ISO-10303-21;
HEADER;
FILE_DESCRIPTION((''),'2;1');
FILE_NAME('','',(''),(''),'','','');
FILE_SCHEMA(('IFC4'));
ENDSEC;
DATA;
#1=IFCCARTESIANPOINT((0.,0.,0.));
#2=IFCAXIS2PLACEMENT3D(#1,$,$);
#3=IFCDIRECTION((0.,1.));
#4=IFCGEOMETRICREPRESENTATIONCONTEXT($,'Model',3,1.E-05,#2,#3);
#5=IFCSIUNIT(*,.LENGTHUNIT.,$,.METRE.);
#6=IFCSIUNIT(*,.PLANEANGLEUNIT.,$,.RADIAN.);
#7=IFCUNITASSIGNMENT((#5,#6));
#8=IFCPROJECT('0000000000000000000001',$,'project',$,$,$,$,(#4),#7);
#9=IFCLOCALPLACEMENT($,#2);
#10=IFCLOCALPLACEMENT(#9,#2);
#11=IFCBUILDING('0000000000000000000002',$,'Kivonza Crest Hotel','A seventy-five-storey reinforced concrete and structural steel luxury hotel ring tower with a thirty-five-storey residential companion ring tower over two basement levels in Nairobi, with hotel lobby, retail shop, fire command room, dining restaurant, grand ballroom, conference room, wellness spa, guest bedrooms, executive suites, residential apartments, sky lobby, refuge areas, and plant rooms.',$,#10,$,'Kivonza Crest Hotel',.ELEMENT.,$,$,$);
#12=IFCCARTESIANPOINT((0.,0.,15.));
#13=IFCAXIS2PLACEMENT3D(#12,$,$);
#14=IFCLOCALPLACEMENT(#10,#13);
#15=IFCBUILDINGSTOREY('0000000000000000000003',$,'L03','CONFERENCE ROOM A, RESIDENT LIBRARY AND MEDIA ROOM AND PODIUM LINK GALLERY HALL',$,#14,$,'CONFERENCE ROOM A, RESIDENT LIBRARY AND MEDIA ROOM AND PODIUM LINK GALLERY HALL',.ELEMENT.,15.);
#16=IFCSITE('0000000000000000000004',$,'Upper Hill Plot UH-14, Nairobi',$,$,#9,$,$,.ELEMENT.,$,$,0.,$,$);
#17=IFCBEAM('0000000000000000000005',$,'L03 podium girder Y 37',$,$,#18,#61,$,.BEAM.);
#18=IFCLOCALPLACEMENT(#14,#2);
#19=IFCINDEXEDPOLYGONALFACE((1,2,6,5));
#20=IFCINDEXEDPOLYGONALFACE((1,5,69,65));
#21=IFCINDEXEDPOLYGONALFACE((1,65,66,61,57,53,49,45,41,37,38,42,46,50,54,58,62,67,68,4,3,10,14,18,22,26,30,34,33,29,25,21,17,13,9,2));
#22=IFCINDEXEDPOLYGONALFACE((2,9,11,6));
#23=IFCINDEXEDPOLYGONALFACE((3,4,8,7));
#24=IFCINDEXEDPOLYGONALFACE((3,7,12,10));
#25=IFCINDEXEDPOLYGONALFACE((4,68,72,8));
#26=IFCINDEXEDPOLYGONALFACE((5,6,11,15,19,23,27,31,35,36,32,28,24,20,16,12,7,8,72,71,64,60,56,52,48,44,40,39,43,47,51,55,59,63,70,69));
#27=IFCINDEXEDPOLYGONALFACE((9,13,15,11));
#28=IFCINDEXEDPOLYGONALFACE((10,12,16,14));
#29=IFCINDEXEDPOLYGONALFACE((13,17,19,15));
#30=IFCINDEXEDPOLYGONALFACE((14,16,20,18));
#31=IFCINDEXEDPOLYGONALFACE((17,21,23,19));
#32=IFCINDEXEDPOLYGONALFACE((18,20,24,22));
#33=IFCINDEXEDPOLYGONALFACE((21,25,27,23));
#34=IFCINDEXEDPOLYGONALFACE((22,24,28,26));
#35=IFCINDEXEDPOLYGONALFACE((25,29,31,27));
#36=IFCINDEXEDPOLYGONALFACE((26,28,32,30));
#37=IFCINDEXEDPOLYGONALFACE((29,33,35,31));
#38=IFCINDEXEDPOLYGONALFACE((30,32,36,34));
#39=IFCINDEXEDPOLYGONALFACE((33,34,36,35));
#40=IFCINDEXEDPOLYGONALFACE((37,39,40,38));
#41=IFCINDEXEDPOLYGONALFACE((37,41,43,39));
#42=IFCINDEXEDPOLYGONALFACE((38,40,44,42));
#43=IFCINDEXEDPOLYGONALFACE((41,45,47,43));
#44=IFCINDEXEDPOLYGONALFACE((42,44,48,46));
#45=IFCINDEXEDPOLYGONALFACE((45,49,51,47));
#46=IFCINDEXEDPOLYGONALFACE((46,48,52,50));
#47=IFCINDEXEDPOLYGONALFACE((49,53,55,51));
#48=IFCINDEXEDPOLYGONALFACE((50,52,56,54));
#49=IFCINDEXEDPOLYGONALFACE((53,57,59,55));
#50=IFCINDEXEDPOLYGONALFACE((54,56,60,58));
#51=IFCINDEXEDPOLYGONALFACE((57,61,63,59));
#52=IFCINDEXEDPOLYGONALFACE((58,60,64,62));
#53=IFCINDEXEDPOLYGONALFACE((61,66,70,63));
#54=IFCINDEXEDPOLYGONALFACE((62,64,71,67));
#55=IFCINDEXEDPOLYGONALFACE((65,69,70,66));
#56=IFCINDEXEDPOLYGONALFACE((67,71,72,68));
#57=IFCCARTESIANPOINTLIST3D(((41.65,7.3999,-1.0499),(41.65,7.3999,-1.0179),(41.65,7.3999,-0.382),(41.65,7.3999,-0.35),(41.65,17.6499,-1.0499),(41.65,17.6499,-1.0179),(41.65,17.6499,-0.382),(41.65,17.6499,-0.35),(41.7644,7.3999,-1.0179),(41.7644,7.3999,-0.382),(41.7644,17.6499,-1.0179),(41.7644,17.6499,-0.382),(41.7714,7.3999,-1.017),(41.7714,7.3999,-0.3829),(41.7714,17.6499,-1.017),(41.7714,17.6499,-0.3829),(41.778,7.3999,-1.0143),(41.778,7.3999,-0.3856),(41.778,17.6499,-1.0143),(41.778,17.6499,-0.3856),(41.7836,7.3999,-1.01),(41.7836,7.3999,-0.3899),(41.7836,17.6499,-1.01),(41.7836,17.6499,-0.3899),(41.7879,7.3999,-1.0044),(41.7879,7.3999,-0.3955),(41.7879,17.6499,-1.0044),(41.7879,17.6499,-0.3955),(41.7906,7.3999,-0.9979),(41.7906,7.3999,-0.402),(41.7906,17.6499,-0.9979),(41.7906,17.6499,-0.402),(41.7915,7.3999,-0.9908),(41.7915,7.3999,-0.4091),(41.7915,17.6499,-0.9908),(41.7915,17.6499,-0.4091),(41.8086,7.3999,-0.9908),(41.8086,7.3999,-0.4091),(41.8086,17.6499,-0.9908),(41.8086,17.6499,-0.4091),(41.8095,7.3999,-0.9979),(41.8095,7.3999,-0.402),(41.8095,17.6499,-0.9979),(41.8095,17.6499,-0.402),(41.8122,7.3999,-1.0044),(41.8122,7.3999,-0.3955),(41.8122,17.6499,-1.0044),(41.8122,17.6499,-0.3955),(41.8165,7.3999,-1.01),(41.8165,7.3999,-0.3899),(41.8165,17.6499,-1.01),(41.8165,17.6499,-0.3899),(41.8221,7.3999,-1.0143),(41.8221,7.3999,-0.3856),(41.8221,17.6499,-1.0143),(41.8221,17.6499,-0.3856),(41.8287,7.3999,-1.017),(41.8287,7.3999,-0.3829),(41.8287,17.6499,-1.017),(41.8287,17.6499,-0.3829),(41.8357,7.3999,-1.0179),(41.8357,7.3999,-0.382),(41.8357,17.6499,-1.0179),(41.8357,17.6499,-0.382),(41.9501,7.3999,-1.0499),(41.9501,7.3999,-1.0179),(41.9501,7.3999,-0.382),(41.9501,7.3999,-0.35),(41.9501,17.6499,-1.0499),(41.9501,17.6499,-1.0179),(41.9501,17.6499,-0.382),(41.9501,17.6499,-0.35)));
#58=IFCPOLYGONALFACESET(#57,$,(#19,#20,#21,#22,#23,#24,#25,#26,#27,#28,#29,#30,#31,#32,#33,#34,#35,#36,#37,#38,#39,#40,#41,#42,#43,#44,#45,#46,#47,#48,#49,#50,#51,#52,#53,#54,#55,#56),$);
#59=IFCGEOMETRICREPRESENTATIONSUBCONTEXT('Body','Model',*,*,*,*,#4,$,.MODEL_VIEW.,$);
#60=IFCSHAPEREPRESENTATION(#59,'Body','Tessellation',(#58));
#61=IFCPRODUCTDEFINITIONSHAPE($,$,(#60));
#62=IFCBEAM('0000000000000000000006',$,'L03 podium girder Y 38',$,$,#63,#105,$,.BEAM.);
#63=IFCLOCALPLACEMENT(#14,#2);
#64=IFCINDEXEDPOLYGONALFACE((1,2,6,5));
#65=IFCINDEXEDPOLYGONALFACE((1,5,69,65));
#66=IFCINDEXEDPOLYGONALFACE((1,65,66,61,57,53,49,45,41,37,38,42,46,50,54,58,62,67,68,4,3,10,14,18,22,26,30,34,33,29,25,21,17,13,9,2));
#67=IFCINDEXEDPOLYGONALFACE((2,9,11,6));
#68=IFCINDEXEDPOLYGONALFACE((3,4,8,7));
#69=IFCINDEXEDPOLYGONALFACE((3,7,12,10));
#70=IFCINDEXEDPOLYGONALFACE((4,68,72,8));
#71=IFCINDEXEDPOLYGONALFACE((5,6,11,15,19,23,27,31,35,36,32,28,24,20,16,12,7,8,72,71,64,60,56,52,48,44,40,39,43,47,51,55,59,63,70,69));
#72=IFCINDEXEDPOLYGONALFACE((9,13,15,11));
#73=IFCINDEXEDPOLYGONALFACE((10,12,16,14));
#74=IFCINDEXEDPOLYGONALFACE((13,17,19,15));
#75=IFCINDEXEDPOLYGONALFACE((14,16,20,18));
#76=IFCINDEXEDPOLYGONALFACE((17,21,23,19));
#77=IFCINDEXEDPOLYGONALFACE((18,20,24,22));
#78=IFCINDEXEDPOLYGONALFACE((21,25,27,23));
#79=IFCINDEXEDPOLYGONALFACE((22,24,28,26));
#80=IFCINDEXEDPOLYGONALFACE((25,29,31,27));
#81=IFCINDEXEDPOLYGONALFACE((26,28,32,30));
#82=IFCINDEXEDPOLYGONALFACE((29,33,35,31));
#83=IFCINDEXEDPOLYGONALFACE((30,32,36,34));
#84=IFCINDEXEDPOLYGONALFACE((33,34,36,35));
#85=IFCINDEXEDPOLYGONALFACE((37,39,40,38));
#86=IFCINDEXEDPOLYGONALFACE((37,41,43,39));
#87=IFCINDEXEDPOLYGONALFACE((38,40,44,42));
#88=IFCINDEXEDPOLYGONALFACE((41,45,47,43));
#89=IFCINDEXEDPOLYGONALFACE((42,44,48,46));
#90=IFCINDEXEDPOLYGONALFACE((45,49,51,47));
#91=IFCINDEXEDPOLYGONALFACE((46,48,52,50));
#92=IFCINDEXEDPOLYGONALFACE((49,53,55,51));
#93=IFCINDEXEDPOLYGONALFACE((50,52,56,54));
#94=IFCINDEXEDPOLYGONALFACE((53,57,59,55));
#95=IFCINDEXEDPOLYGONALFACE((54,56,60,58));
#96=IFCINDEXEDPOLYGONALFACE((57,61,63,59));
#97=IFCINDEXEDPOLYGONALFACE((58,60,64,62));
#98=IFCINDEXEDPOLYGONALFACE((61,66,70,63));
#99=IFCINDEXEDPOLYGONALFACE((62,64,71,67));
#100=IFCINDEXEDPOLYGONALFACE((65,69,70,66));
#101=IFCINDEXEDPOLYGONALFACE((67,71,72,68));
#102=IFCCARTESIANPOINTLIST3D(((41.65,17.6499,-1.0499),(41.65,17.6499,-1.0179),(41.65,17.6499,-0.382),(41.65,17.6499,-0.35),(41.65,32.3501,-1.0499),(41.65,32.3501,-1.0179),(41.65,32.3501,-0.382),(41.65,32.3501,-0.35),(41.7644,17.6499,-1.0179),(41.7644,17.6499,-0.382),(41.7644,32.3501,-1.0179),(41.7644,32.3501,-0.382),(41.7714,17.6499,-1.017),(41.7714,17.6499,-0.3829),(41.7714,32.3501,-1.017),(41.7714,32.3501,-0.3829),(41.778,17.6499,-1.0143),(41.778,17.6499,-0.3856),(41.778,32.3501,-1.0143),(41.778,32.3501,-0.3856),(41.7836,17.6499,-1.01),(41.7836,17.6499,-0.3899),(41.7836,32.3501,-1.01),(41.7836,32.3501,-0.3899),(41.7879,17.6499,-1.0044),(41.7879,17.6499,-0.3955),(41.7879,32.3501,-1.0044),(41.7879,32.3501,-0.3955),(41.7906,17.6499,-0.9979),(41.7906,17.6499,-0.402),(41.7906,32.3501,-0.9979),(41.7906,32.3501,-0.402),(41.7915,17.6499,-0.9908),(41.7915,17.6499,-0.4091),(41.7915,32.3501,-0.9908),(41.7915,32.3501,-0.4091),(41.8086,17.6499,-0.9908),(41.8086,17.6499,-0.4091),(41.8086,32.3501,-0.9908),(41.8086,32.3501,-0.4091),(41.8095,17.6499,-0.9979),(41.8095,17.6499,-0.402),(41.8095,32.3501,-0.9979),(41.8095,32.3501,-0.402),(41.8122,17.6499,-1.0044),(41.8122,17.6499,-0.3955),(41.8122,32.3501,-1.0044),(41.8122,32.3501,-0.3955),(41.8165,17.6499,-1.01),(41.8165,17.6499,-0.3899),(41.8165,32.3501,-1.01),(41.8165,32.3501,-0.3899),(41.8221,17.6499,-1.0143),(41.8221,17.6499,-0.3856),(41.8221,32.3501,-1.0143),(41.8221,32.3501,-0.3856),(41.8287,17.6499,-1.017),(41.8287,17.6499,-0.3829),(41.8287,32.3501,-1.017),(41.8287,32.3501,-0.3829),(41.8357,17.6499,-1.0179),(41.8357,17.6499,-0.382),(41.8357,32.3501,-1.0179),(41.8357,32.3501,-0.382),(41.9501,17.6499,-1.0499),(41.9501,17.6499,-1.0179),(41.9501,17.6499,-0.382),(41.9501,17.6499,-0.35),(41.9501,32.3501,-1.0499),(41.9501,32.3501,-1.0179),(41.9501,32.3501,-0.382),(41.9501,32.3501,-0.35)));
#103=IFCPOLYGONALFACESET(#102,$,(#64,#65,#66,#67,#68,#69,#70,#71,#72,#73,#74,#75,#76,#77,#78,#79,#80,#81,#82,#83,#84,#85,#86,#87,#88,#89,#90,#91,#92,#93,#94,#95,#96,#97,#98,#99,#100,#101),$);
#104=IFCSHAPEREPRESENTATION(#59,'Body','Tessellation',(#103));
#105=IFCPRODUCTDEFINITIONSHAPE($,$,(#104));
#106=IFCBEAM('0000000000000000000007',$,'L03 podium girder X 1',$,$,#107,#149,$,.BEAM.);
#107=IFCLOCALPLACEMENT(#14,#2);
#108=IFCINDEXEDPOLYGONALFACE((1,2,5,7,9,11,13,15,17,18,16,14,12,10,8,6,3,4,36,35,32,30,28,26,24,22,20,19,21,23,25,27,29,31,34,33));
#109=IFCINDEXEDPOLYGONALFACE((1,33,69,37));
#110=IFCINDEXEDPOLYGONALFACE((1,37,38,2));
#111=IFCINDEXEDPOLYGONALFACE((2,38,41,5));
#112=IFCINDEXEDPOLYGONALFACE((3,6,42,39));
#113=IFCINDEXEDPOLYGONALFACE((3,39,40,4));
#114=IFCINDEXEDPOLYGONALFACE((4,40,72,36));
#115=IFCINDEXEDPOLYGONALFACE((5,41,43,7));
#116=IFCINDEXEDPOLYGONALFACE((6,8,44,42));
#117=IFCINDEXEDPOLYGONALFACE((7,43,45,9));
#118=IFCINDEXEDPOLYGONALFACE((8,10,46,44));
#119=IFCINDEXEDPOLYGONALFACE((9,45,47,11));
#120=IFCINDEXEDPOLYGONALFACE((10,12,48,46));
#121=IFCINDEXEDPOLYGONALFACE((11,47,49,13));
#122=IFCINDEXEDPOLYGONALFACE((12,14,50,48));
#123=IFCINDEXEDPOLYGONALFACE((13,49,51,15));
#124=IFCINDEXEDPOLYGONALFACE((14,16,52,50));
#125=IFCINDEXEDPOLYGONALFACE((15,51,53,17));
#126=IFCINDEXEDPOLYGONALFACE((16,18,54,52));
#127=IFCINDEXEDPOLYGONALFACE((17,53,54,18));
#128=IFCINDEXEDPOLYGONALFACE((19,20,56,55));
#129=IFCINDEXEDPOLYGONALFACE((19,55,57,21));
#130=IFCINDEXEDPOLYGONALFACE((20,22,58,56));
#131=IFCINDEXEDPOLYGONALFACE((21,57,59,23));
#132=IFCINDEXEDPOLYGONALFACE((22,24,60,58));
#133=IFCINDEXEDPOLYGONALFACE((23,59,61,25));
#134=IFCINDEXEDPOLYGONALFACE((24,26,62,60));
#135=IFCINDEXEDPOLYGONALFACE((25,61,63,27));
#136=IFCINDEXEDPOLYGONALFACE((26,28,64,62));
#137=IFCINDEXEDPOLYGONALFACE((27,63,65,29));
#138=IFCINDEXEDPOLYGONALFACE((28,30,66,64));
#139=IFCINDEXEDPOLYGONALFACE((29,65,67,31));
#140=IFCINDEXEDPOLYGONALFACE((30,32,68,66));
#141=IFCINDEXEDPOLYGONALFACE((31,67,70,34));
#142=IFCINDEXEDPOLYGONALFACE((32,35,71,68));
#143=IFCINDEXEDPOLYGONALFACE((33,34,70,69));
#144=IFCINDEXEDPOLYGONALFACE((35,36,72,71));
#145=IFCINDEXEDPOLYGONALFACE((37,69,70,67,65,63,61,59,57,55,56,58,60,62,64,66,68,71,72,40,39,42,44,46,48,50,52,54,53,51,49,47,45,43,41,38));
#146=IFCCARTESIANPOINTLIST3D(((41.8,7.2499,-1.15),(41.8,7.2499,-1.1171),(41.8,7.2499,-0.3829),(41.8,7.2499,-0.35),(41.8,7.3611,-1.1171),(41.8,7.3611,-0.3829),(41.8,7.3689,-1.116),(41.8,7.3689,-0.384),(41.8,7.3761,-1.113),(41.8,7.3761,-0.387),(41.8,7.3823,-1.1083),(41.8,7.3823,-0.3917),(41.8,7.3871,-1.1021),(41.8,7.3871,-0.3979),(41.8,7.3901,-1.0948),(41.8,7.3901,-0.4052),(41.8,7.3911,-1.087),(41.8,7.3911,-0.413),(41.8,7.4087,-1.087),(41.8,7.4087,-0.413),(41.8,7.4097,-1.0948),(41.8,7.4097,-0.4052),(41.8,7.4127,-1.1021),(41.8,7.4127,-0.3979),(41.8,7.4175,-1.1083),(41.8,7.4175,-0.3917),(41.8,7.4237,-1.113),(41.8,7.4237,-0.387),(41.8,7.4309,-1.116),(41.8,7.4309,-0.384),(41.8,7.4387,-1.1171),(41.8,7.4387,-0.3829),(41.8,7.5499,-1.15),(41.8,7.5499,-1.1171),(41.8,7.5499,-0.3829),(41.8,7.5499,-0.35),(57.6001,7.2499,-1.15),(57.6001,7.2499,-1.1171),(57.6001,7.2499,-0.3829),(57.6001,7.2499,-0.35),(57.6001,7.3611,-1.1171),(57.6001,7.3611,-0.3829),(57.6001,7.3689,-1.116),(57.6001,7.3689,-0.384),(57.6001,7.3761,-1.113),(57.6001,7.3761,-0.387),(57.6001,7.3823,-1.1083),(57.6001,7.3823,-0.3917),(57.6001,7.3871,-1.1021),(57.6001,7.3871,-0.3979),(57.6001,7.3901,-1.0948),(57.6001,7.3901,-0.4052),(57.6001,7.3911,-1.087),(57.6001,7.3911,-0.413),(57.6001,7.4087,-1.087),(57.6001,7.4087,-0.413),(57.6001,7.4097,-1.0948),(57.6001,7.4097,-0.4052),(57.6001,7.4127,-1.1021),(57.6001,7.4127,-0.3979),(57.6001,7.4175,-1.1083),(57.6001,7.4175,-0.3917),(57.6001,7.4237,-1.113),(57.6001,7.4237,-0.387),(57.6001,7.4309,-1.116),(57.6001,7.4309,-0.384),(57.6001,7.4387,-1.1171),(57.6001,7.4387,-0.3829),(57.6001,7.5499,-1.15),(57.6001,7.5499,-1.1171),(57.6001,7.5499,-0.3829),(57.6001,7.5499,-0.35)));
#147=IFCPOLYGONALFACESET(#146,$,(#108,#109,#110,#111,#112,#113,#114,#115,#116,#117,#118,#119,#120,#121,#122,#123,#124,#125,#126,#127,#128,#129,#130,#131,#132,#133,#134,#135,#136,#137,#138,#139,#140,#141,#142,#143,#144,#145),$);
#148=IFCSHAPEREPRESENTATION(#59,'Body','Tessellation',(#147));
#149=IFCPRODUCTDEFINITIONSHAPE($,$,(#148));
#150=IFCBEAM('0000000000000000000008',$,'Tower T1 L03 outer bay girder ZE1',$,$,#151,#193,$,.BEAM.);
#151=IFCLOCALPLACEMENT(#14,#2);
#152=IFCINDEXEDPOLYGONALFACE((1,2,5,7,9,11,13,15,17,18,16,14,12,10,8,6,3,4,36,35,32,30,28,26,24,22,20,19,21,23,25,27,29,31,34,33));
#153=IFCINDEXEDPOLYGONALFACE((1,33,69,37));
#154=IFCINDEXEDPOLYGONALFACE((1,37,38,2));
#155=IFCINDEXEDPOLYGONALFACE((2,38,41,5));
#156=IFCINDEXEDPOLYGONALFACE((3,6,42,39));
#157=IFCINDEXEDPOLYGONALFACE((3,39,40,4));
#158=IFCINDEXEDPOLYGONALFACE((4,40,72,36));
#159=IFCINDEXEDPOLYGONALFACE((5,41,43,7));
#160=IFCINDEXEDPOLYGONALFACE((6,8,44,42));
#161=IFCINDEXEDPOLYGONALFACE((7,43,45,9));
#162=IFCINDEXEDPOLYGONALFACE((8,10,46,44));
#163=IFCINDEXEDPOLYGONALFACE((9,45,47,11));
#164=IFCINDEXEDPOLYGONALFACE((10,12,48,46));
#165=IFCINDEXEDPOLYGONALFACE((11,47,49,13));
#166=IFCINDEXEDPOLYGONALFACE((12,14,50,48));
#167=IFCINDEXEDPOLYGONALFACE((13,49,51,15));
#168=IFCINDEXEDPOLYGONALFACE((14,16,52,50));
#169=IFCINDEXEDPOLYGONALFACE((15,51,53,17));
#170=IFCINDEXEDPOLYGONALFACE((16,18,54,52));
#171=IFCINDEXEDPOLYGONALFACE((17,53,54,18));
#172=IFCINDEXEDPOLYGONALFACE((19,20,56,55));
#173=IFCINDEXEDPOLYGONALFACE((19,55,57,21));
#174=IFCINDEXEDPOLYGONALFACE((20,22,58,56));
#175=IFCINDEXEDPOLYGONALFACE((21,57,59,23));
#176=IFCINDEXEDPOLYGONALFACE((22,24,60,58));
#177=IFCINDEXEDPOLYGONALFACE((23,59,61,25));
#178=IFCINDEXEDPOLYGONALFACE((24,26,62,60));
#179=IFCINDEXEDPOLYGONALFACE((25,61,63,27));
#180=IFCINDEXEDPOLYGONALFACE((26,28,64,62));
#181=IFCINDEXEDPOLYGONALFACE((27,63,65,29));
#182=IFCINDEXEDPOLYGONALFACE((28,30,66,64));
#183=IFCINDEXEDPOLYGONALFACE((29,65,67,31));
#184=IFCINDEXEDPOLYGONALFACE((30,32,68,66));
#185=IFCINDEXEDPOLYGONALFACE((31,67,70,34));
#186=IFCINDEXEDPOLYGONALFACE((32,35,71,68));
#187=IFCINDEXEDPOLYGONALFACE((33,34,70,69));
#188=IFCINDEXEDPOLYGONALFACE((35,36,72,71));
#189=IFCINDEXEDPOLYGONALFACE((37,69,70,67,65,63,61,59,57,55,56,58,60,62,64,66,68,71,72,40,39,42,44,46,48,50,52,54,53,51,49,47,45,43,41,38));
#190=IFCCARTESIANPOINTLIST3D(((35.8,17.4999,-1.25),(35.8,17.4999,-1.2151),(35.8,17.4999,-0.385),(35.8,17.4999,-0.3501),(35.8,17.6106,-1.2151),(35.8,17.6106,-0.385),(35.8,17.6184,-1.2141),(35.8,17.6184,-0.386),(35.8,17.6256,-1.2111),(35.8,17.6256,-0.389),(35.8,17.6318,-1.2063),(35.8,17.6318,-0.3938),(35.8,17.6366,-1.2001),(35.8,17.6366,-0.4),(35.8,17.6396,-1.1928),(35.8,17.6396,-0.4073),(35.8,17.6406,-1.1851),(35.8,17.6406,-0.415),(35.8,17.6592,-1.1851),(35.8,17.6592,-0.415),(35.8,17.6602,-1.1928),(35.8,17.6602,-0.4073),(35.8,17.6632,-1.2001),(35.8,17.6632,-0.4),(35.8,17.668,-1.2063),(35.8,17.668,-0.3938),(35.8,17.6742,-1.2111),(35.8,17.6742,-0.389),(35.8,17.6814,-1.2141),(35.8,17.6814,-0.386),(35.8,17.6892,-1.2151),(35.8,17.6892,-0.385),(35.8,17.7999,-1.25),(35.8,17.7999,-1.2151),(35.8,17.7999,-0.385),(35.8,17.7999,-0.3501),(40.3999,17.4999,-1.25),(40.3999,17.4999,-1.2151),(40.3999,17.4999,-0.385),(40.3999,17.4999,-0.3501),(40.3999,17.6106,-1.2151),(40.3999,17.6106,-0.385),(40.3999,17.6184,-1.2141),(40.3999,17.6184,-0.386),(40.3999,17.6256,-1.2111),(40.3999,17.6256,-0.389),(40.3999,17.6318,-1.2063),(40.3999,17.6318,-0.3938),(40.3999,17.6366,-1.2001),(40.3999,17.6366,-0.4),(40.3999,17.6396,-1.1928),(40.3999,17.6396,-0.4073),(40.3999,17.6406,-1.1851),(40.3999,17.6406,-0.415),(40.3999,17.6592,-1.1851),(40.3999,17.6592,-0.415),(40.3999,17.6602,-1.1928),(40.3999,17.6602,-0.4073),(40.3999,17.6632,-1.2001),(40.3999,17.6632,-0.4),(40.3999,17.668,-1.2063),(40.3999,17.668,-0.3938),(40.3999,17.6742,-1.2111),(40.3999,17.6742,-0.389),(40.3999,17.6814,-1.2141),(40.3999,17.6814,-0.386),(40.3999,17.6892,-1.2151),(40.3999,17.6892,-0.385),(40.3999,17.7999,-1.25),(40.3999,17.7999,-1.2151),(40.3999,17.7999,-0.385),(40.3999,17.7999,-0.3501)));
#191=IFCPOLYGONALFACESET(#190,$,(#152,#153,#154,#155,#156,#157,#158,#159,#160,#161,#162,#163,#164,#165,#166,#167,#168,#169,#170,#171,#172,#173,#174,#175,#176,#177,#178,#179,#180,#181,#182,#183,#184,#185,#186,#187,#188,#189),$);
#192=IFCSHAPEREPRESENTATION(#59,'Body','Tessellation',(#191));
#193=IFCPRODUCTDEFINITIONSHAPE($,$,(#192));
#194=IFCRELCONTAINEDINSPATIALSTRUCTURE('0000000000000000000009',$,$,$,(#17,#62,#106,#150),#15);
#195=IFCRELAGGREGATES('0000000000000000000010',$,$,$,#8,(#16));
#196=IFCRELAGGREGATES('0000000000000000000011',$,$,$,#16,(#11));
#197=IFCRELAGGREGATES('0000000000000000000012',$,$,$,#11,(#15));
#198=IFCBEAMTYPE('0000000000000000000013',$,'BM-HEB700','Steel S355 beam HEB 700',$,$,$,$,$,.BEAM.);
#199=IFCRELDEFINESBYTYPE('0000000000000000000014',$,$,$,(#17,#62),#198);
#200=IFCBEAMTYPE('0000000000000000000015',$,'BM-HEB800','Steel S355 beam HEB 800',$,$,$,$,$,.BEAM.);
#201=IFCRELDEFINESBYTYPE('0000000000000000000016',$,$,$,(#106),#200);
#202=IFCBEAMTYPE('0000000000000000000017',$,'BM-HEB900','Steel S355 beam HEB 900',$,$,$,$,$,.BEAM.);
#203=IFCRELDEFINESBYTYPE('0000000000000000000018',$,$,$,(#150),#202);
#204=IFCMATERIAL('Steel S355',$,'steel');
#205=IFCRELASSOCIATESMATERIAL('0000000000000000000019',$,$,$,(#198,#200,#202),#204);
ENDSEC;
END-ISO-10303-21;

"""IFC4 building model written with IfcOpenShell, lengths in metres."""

from ifc_helpers import new_model, si_unit, direction, frame, origin, origin_2d, place, context, subcontext, project, spatial, i_section, extrude, material, material_profile, profile_set, type_object, element, save


model = new_model("IFC4")

# Units and contexts
model_context = context("Model", 3, precision=1e-05, world=origin(), true_north=direction((0.0, 1.0)))
body_context = subcontext(model_context, "Body", "Model", "MODEL_VIEW")
ifc_project = project(units=[si_unit("LENGTHUNIT", "METRE"), si_unit("PLANEANGLEUNIT", "RADIAN")], contexts=[model_context])

# Site, building, storey
site_placement = place(None, origin())
site = spatial("IfcSite", under=ifc_project, at=site_placement, Name="Upper Hill Plot UH-14, Nairobi", CompositionType="ELEMENT", RefElevation=0.0)
building_placement = place(site_placement, origin())
building = spatial("IfcBuilding", under=site, at=building_placement, Name="Kivonza Crest Hotel", Description="A seventy-five-storey reinforced concrete and structural steel luxury hotel ring tower with a thirty-five-storey residential companion ring tower over two basement levels in Nairobi, with hotel lobby, retail shop, fire command room, dining restaurant, grand ballroom, conference room, wellness spa, guest bedrooms, executive suites, residential apartments, sky lobby, refuge areas, and plant rooms.", LongName="Kivonza Crest Hotel", CompositionType="ELEMENT")
storey_placement = place(building_placement, frame((0.0, 0.0, 15.0)))
storey = spatial("IfcBuildingStorey", under=building, at=storey_placement, Name="L03", Description="CONFERENCE ROOM A, RESIDENT LIBRARY AND MEDIA ROOM AND PODIUM LINK GALLERY HALL", LongName="CONFERENCE ROOM A, RESIDENT LIBRARY AND MEDIA ROOM AND PODIUM LINK GALLERY HALL", CompositionType="ELEMENT", Elevation=15.0)

# Beams
ifc_material_1 = material(Name="Steel S355", Category="steel")
ifc_material_profile_1 = material_profile(ifc_material_1, i_section(OverallWidth=0.3, OverallDepth=0.7, WebThickness=0.0171, FlangeThickness=0.032, FilletRadius=0.0271, at=origin_2d()), Name="HEB 700")
ifc_profile_set_1 = profile_set([ifc_material_profile_1], Name="Steel S355")
beam_type_1 = type_object("IfcBeamType", Name="BM-HEB700", Description="Steel S355 beam HEB 700", PredefinedType="BEAM", material=ifc_profile_set_1)
beam_1_placement = place(storey_placement, frame((41.8, 7.3999, -0.7), z_axis=(0.0, 1.0, 0.0), x_axis=(-1.0, 0.0, 0.0)))
element("IfcBeam", 1, at=beam_1_placement, inside=storey, type_object=beam_type_1, Name="L03 podium girder Y 37", PredefinedType="BEAM", context=body_context, shape_type="SweptSolid", body=[
    extrude(i_section(OverallWidth=0.3, OverallDepth=0.7, WebThickness=0.0171, FlangeThickness=0.032, FilletRadius=0.0271, at=origin_2d()), origin(), (0.0, 0.0, 1.0), 10.25),
])
beam_2_placement = place(storey_placement, frame((41.8, 17.6499, -0.7), z_axis=(0.0, 1.0, 0.0), x_axis=(-1.0, 0.0, 0.0)))
element("IfcBeam", 2, at=beam_2_placement, inside=storey, type_object=beam_type_1, Name="L03 podium girder Y 38", PredefinedType="BEAM", context=body_context, shape_type="SweptSolid", body=[
    extrude(i_section(OverallWidth=0.3, OverallDepth=0.7, WebThickness=0.0171, FlangeThickness=0.032, FilletRadius=0.0271, at=origin_2d()), origin(), (0.0, 0.0, 1.0), 14.7002),
])
ifc_material_profile_2 = material_profile(ifc_material_1, i_section(OverallWidth=0.3, OverallDepth=0.8, WebThickness=0.0176, FlangeThickness=0.033, FilletRadius=0.03, at=origin_2d()), Name="HEB 800")
ifc_profile_set_2 = profile_set([ifc_material_profile_2], Name="Steel S355")
beam_type_2 = type_object("IfcBeamType", Name="BM-HEB800", Description="Steel S355 beam HEB 800", PredefinedType="BEAM", material=ifc_profile_set_2)
beam_3_placement = place(storey_placement, frame((41.8, 7.3999, -0.75), z_axis=(1.0, 0.0, 0.0), x_axis=(0.0, 1.0, 0.0)))
element("IfcBeam", 3, at=beam_3_placement, inside=storey, type_object=beam_type_2, Name="L03 podium girder X 1", PredefinedType="BEAM", context=body_context, shape_type="SweptSolid", body=[
    extrude(i_section(OverallWidth=0.3, OverallDepth=0.8, WebThickness=0.0176, FlangeThickness=0.033, FilletRadius=0.03, at=origin_2d()), origin(), (0.0, 0.0, 1.0), 15.8),
])
ifc_material_profile_3 = material_profile(ifc_material_1, i_section(OverallWidth=0.3, OverallDepth=0.8999, WebThickness=0.0186, FlangeThickness=0.0349, FilletRadius=0.03, at=origin_2d()), Name="HEB 900")
ifc_profile_set_3 = profile_set([ifc_material_profile_3], Name="Steel S355")
beam_type_3 = type_object("IfcBeamType", Name="BM-HEB900", Description="Steel S355 beam HEB 900", PredefinedType="BEAM", material=ifc_profile_set_3)
beam_4_placement = place(storey_placement, frame((40.3999, 17.6499, -0.8), z_axis=(-1.0, 0.0, 0.0), x_axis=(0.0, -1.0, 0.0)))
element("IfcBeam", 4, at=beam_4_placement, inside=storey, type_object=beam_type_3, Name="Tower T1 L03 outer bay girder ZE1", PredefinedType="BEAM", context=body_context, shape_type="SweptSolid", body=[
    extrude(i_section(OverallWidth=0.3, OverallDepth=0.8999, WebThickness=0.0186, FlangeThickness=0.0349, FilletRadius=0.03, at=origin_2d()), origin(), (0.0, 0.0, 1.0), 4.5999),
])

save(model, "model.ifc")
